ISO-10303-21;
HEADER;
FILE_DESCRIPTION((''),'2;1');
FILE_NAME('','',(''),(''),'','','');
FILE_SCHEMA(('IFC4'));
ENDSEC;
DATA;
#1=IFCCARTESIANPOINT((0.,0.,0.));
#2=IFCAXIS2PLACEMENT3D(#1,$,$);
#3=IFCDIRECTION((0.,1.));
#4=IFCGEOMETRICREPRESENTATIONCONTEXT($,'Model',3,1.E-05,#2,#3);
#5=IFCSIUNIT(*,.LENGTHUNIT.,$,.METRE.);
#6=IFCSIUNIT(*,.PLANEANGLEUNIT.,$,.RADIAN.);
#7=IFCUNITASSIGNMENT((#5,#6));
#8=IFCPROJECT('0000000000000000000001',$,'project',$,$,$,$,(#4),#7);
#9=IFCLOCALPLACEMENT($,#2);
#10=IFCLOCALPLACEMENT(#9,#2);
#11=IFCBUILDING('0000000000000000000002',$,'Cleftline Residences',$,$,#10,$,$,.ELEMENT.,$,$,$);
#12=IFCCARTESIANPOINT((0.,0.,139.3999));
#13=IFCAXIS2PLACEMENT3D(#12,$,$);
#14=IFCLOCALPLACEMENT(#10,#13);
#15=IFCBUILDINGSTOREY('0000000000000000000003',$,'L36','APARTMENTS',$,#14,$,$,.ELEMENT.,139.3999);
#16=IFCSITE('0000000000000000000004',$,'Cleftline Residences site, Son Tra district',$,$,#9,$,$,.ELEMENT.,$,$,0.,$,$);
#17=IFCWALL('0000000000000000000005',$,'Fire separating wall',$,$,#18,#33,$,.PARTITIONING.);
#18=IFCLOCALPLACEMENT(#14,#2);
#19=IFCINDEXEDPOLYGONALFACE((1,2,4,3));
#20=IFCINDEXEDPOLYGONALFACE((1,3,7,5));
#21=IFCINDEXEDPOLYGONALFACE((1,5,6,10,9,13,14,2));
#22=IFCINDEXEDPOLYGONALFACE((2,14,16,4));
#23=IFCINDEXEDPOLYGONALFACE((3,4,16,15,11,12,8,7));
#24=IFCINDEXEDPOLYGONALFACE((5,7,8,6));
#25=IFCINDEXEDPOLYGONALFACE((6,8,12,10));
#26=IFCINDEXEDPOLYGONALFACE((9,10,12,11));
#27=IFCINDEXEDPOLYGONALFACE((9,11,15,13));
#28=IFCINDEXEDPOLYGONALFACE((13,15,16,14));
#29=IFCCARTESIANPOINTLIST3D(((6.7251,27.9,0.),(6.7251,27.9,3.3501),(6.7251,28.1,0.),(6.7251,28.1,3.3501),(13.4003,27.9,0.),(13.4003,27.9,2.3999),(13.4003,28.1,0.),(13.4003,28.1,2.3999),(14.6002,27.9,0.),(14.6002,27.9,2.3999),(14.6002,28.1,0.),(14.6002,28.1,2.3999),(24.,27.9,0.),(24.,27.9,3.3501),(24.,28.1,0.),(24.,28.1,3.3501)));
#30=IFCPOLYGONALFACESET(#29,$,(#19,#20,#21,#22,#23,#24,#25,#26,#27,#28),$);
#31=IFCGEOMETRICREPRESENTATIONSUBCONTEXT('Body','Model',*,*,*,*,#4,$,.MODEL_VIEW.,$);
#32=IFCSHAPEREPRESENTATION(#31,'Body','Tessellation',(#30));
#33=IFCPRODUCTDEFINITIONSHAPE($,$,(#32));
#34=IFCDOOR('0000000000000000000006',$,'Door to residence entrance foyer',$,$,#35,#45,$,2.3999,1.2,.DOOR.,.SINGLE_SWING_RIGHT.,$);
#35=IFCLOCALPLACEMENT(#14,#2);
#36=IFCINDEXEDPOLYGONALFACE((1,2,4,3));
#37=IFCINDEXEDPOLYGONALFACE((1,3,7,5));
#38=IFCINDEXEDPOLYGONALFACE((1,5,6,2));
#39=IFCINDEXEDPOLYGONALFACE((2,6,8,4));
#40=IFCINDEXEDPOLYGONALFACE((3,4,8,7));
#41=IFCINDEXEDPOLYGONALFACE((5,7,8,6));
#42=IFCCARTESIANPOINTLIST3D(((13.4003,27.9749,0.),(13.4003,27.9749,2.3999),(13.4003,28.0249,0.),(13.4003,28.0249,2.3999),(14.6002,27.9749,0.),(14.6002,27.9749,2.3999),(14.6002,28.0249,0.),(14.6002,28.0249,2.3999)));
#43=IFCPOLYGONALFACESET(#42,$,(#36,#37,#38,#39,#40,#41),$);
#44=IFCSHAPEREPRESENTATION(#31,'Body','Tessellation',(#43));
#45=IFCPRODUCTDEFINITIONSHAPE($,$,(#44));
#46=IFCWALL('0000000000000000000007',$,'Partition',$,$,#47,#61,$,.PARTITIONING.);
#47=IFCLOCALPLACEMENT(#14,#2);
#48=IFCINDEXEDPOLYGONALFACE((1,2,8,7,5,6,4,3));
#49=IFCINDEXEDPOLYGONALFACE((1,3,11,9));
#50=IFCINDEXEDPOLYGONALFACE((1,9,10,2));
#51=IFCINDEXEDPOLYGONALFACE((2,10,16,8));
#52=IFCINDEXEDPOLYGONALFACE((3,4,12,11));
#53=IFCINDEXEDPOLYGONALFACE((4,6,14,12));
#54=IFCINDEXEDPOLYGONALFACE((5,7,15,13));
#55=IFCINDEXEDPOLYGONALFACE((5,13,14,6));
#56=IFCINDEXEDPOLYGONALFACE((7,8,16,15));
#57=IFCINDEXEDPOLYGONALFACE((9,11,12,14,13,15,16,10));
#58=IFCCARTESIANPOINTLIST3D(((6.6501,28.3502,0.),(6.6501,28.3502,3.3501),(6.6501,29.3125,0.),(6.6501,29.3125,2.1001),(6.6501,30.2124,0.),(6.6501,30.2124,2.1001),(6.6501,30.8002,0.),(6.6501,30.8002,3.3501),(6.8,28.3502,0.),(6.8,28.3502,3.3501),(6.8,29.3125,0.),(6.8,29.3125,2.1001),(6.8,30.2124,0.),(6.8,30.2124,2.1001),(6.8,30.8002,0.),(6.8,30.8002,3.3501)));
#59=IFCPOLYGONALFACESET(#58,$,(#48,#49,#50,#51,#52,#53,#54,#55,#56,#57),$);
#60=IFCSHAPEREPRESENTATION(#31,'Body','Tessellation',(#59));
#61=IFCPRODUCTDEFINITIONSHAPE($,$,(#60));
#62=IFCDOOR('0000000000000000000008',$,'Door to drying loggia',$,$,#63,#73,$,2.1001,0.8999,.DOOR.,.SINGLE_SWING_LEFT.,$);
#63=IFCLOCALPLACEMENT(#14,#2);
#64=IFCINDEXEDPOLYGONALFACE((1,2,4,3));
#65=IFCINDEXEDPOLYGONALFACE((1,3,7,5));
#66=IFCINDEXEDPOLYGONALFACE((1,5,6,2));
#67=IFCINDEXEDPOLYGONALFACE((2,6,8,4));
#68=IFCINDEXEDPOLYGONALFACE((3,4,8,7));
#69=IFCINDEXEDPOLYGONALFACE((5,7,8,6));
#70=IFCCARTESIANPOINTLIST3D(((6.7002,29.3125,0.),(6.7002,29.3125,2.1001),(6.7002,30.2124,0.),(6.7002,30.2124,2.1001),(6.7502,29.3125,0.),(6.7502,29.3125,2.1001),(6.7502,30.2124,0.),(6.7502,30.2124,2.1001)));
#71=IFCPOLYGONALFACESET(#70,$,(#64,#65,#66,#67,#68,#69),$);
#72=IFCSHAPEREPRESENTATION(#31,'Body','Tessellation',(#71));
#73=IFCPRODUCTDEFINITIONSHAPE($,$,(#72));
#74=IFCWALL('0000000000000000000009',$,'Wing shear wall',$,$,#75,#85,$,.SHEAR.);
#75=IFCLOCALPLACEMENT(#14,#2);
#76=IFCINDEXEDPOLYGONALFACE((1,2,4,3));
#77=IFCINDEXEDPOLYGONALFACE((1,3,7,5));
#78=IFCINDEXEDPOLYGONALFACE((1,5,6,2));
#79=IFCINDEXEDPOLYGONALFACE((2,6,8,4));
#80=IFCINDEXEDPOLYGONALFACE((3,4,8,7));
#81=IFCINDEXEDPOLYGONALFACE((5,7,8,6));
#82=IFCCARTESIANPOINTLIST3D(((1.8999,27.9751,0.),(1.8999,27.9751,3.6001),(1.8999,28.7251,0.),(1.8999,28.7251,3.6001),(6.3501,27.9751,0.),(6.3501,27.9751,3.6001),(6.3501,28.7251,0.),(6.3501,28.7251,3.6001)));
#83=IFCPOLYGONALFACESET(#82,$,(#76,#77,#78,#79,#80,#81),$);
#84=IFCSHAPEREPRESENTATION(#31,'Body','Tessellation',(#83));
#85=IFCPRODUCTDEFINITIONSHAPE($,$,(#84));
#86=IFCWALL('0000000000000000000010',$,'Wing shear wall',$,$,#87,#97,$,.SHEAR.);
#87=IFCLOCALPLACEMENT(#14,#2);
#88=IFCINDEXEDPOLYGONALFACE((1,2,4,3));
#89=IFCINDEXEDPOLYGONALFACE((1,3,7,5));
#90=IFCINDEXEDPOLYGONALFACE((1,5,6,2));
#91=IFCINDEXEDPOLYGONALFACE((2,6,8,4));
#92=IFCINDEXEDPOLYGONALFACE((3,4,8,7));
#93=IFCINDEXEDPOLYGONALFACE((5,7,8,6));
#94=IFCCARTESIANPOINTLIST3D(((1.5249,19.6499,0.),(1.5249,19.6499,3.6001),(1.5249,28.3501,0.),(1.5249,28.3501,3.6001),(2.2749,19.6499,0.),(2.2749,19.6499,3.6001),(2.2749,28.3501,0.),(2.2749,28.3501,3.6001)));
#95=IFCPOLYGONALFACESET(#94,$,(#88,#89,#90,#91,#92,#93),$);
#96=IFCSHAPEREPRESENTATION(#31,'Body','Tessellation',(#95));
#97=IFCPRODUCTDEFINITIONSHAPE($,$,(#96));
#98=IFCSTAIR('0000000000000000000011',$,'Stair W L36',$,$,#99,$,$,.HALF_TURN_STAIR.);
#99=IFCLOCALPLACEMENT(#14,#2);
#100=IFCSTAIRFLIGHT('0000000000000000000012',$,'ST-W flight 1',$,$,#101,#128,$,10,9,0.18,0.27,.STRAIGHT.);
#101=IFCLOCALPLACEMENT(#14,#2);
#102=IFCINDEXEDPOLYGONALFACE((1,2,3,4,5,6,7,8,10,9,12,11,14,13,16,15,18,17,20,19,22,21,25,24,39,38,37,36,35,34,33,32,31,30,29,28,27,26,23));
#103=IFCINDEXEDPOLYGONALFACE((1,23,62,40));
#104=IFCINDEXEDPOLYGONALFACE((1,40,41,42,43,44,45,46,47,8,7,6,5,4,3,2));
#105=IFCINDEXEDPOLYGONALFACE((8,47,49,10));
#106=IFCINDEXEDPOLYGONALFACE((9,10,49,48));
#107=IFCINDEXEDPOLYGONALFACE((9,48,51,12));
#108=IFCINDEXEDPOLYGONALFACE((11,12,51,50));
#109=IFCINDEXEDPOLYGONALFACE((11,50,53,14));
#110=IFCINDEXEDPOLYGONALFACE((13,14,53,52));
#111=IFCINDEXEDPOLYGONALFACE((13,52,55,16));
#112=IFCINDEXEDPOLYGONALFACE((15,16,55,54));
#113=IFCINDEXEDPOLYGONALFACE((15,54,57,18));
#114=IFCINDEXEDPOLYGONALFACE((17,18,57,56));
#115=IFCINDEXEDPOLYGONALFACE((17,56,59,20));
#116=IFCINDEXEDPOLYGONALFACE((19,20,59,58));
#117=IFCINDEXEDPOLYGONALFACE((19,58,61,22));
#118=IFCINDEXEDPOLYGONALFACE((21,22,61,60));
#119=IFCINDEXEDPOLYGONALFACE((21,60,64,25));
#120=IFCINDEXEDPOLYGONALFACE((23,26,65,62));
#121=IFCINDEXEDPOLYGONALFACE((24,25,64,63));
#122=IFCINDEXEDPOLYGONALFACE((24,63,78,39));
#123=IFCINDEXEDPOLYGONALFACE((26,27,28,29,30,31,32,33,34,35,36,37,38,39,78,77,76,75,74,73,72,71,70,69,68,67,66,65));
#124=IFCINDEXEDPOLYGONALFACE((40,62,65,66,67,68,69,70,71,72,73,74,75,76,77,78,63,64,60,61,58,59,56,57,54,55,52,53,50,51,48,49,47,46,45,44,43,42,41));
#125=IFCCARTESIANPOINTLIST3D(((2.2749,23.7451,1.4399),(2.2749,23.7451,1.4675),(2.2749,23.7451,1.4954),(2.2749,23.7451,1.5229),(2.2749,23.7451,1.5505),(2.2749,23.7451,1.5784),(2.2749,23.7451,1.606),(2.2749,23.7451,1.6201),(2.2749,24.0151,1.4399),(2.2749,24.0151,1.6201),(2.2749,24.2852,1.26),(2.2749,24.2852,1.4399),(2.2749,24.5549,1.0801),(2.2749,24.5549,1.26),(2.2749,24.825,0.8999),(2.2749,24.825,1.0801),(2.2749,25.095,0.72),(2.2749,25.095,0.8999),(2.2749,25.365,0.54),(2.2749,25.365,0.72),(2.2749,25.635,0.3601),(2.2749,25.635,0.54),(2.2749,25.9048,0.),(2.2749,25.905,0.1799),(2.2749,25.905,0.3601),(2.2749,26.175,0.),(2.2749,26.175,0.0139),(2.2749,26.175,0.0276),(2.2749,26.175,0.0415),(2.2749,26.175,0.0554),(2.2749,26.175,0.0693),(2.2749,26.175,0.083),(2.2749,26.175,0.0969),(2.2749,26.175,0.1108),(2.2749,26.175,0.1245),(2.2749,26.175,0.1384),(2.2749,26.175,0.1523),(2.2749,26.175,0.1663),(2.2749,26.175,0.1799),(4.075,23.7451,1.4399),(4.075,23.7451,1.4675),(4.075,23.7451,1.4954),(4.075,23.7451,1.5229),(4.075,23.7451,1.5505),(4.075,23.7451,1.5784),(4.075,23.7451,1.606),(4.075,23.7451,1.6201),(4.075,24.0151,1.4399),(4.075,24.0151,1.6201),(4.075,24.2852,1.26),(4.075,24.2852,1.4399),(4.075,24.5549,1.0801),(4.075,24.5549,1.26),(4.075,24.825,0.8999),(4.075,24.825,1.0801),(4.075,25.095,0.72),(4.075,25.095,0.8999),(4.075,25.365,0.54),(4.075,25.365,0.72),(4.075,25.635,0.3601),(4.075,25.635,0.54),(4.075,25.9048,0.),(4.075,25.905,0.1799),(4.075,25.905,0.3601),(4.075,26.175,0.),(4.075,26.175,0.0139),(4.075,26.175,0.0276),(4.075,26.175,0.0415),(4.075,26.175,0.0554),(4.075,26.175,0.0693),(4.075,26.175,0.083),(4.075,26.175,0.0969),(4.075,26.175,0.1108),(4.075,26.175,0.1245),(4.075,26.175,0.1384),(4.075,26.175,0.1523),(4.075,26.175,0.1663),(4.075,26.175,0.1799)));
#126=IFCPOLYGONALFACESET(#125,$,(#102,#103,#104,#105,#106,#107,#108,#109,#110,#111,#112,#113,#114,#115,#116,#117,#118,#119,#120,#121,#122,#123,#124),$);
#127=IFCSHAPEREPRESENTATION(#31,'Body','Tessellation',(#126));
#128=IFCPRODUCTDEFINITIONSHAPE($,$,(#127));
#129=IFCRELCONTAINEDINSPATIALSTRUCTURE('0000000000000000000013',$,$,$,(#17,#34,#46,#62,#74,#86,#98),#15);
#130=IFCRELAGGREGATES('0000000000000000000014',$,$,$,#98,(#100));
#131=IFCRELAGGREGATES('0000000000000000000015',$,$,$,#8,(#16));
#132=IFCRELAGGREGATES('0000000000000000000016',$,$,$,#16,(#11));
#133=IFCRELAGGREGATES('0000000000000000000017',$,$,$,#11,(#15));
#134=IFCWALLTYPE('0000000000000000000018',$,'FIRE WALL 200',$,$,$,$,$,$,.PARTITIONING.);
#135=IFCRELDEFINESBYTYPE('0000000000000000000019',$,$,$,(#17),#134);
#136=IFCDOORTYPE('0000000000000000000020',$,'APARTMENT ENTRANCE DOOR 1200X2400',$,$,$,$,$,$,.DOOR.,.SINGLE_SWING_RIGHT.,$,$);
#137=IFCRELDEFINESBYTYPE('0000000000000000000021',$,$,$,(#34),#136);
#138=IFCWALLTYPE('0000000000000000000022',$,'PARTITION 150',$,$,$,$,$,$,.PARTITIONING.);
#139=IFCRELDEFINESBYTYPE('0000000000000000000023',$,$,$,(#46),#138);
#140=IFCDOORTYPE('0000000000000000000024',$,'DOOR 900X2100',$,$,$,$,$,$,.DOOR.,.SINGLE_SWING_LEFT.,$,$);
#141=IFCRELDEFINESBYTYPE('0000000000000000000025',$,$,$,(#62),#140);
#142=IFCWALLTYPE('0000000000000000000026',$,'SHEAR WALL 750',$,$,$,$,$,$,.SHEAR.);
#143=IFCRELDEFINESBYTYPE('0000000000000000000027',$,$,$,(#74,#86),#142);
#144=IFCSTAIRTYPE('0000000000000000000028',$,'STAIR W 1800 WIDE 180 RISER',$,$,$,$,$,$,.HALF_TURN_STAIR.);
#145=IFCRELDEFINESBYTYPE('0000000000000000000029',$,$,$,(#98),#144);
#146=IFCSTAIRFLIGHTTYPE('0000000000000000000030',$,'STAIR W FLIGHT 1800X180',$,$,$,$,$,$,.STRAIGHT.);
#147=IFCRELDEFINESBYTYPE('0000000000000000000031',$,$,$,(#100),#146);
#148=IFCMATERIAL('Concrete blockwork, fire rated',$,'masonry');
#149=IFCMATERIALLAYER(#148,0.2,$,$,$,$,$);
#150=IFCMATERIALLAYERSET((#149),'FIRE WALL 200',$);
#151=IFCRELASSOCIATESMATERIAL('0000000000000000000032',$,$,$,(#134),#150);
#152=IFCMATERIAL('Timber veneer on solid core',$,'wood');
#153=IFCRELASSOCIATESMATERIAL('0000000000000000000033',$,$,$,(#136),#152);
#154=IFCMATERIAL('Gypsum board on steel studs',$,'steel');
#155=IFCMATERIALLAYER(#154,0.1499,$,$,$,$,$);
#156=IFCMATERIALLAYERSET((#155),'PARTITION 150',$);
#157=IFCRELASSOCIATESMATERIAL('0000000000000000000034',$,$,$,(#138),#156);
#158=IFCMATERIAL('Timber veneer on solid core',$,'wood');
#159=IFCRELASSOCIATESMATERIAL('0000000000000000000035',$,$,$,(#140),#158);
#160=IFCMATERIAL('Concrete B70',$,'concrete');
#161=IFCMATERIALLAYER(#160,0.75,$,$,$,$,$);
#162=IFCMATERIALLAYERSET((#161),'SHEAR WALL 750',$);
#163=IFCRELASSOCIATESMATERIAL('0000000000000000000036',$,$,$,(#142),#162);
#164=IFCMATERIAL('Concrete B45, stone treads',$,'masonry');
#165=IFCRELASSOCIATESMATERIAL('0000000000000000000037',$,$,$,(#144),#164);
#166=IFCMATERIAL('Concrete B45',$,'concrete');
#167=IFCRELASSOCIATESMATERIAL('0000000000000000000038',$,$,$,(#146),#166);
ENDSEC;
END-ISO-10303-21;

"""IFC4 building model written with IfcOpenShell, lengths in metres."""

from ifc_helpers import new_model, si_unit, direction, frame, frame_2d, origin, place, context, subcontext, project, spatial, polyline, rectangle, outline, extrude, material, layer, layer_set, type_object, element, fill, aggregate, save


model = new_model("IFC4")

# Units and contexts
model_context = context("Model", 3, precision=1e-05, world=origin(), true_north=direction((0.0, 1.0)))
body_context = subcontext(model_context, "Body", "Model", "MODEL_VIEW")
ifc_project = project(units=[si_unit("LENGTHUNIT", "METRE"), si_unit("PLANEANGLEUNIT", "RADIAN")], contexts=[model_context])

# Site, building, storey
site_placement = place(None, origin())
site = spatial("IfcSite", under=ifc_project, at=site_placement, Name="Cleftline Residences site, Son Tra district", CompositionType="ELEMENT", RefElevation=0.0)
building_placement = place(site_placement, origin())
building = spatial("IfcBuilding", under=site, at=building_placement, Name="Cleftline Residences", CompositionType="ELEMENT")
storey_placement = place(building_placement, frame((0.0, 0.0, 139.3999)))
storey = spatial("IfcBuildingStorey", under=building, at=storey_placement, Name="L36", Description="APARTMENTS", CompositionType="ELEMENT", Elevation=139.3999)

# Walls, openings, doors
ifc_material_1 = material(Name="Concrete blockwork, fire rated", Category="masonry")
ifc_layer_1 = layer(ifc_material_1, 0.2)
ifc_layer_set_1 = layer_set([ifc_layer_1], Name="FIRE WALL 200")
wall_type_1 = type_object("IfcWallType", Name="FIRE WALL 200", PredefinedType="PARTITIONING", material=ifc_layer_set_1)
wall_1_placement = place(storey_placement, frame((6.7251, 28.0, 0.0), z_axis=(0.0, 0.0, 1.0), x_axis=(1.0, 0.0, 0.0)))
wall_1 = element("IfcWall", 1, at=wall_1_placement, inside=storey, type_object=wall_type_1, Name="Fire separating wall", PredefinedType="PARTITIONING", context=body_context, shape_type="SweptSolid", body=[
    extrude(rectangle(XDim=17.2749, YDim=0.2, at=frame_2d((8.6375, 0.0))), origin(), (0.0, 0.0, 1.0), 3.3501),
])
opening_1_placement = place(wall_1_placement, frame((6.675, 0.0, 0.0)))
opening_1 = element("IfcOpeningElement", 2, at=opening_1_placement, cuts=wall_1, PredefinedType="OPENING", context=body_context, shape_type="SweptSolid", body=[
    extrude(rectangle(XDim=1.2, YDim=2.3999, at=frame_2d((0.6001, 1.2))), frame((0.0, 0.1099, 0.0), z_axis=(0.0, -1.0, 0.0), x_axis=(1.0, 0.0, 0.0)), (0.0, 0.0, 1.0), 0.22),
])
ifc_material_2 = material(Name="Timber veneer on solid core", Category="wood")
door_type_1 = type_object("IfcDoorType", Name="APARTMENT ENTRANCE DOOR 1200X2400", OperationType="SINGLE_SWING_RIGHT", PredefinedType="DOOR", material=ifc_material_2)
door_1_placement = place(opening_1_placement, origin())
door_1 = element("IfcDoor", 3, at=door_1_placement, inside=storey, type_object=door_type_1, Name="Door to residence entrance foyer", OperationType="SINGLE_SWING_RIGHT", OverallHeight=2.3999, OverallWidth=1.2, PredefinedType="DOOR", context=body_context, shape_type="SweptSolid", body=[
    extrude(rectangle(XDim=1.2, YDim=2.3999, at=frame_2d((0.6001, 1.2))), frame((0.0, 0.0249, 0.0), z_axis=(0.0, -1.0, 0.0), x_axis=(1.0, 0.0, 0.0)), (0.0, 0.0, 1.0), 0.05),
])
fill(opening_1, door_1)
ifc_material_3 = material(Name="Gypsum board on steel studs", Category="steel")
ifc_layer_2 = layer(ifc_material_3, 0.1499)
ifc_layer_set_2 = layer_set([ifc_layer_2], Name="PARTITION 150")
wall_type_2 = type_object("IfcWallType", Name="PARTITION 150", PredefinedType="PARTITIONING", material=ifc_layer_set_2)
wall_2_placement = place(storey_placement, frame((6.7251, 28.3501, 0.0), z_axis=(0.0, 0.0, 1.0), x_axis=(0.0, 1.0, 0.0)))
wall_2 = element("IfcWall", 4, at=wall_2_placement, inside=storey, type_object=wall_type_2, Name="Partition", PredefinedType="PARTITIONING", context=body_context, shape_type="SweptSolid", body=[
    extrude(rectangle(XDim=2.45, YDim=0.1499, at=frame_2d((1.2251, 0.0))), origin(), (0.0, 0.0, 1.0), 3.3501),
])
opening_2_placement = place(wall_2_placement, frame((0.9624, 0.0, 0.0)))
opening_2 = element("IfcOpeningElement", 5, at=opening_2_placement, cuts=wall_2, PredefinedType="OPENING", context=body_context, shape_type="SweptSolid", body=[
    extrude(rectangle(XDim=0.8999, YDim=2.1001, at=frame_2d((0.45, 1.05))), frame((0.0, 0.085, 0.0), z_axis=(0.0, -1.0, 0.0), x_axis=(1.0, 0.0, 0.0)), (0.0, 0.0, 1.0), 0.1699),
])
ifc_material_4 = material(Name="Timber veneer on solid core", Category="wood")
door_type_2 = type_object("IfcDoorType", Name="DOOR 900X2100", OperationType="SINGLE_SWING_LEFT", PredefinedType="DOOR", material=ifc_material_4)
door_2_placement = place(opening_2_placement, origin())
door_2 = element("IfcDoor", 6, at=door_2_placement, inside=storey, type_object=door_type_2, Name="Door to drying loggia", OperationType="SINGLE_SWING_LEFT", OverallHeight=2.1001, OverallWidth=0.8999, PredefinedType="DOOR", context=body_context, shape_type="SweptSolid", body=[
    extrude(rectangle(XDim=0.8999, YDim=2.1001, at=frame_2d((0.45, 1.05))), frame((0.0, 0.0249, 0.0), z_axis=(0.0, -1.0, 0.0), x_axis=(1.0, 0.0, 0.0)), (0.0, 0.0, 1.0), 0.05),
])
fill(opening_2, door_2)

# Walls
ifc_material_5 = material(Name="Concrete B70", Category="concrete")
ifc_layer_3 = layer(ifc_material_5, 0.75)
ifc_layer_set_3 = layer_set([ifc_layer_3], Name="SHEAR WALL 750")
wall_type_3 = type_object("IfcWallType", Name="SHEAR WALL 750", PredefinedType="SHEAR", material=ifc_layer_set_3)
wall_3_placement = place(storey_placement, frame((6.3501, 28.3501, 0.0), z_axis=(0.0, 0.0, 1.0), x_axis=(-1.0, 0.0, 0.0)))
element("IfcWall", 7, at=wall_3_placement, inside=storey, type_object=wall_type_3, Name="Wing shear wall", PredefinedType="SHEAR", context=body_context, shape_type="SweptSolid", body=[
    extrude(rectangle(XDim=4.4502, YDim=0.75, at=frame_2d((2.2251, 0.0))), origin(), (0.0, 0.0, 1.0), 3.6001),
])
wall_4_placement = place(storey_placement, frame((1.8999, 28.3501, 0.0), z_axis=(0.0, 0.0, 1.0), x_axis=(0.0, -1.0, 0.0)))
element("IfcWall", 8, at=wall_4_placement, inside=storey, type_object=wall_type_3, Name="Wing shear wall", PredefinedType="SHEAR", context=body_context, shape_type="SweptSolid", body=[
    extrude(rectangle(XDim=8.7002, YDim=0.75, at=frame_2d((4.3501, 0.0))), origin(), (0.0, 0.0, 1.0), 3.6001),
])

# Stair, stair flight
ifc_material_6 = material(Name="Concrete B45, stone treads", Category="masonry")
stair_type = type_object("IfcStairType", Name="STAIR W 1800 WIDE 180 RISER", PredefinedType="HALF_TURN_STAIR", material=ifc_material_6)
stair_placement = place(storey_placement, origin())
stair = element("IfcStair", 9, at=stair_placement, inside=storey, type_object=stair_type, Name="Stair W L36", PredefinedType="HALF_TURN_STAIR")
ifc_material_7 = material(Name="Concrete B45", Category="concrete")
stair_flight_type = type_object("IfcStairFlightType", Name="STAIR W FLIGHT 1800X180", PredefinedType="STRAIGHT", material=ifc_material_7)
stair_flight_1_placement = place(storey_placement, frame((3.175, 26.175, 0.0), z_axis=(0.0, 0.0, 1.0), x_axis=(0.0, -1.0, 0.0)))
stair_flight_1 = element("IfcStairFlight", 10, at=stair_flight_1_placement, type_object=stair_flight_type, Name="ST-W flight 1", NumberOfRisers=10, NumberOfTreads=9, PredefinedType="STRAIGHT", RiserHeight=0.18, TreadLength=0.27, context=body_context, shape_type="SweptSolid", body=[
    extrude(outline(polyline([(0.0, 0.0), (0.0, 0.0139), (0.0, 0.0276), (0.0, 0.0415), (0.0, 0.0554), (0.0, 0.0693), (0.0, 0.083), (0.0, 0.0969), (0.0, 0.1108), (0.0, 0.1245), (0.0, 0.1384), (0.0, 0.1523), (0.0, 0.1663), (0.0, 0.1799), (0.27, 0.1799), (0.27, 0.3601), (0.54, 0.3601), (0.54, 0.54), (0.8101, 0.54), (0.8101, 0.72), (1.0801, 0.72), (1.0801, 0.8999), (1.3501, 0.8999), (1.3501, 1.0801), (1.6201, 1.0801), (1.6201, 1.26), (1.8899, 1.26), (1.8899, 1.4399), (2.1599, 1.4399), (2.1599, 1.6201), (2.4299, 1.6201), (2.4299, 1.8), (2.4299, 1.7722), (2.4299, 1.7446), (2.4299, 1.7168), (2.4299, 1.6892), (2.4299, 1.6614), (2.4299, 1.6338), (2.4299, 1.606), (2.4299, 1.5784), (2.4299, 1.5505), (2.4299, 1.5229), (2.4299, 1.4954), (2.4299, 1.4675), (2.4299, 1.4399), (0.2703, 0.0), (0.0, 0.0)])), frame((0.0, 0.8999, 0.0), z_axis=(0.0, -1.0, 0.0), x_axis=(1.0, 0.0, 0.0)), (0.0, 0.0, 1.0), 1.8),
])
aggregate(stair, [stair_flight_1])

save(model, "model.ifc")
